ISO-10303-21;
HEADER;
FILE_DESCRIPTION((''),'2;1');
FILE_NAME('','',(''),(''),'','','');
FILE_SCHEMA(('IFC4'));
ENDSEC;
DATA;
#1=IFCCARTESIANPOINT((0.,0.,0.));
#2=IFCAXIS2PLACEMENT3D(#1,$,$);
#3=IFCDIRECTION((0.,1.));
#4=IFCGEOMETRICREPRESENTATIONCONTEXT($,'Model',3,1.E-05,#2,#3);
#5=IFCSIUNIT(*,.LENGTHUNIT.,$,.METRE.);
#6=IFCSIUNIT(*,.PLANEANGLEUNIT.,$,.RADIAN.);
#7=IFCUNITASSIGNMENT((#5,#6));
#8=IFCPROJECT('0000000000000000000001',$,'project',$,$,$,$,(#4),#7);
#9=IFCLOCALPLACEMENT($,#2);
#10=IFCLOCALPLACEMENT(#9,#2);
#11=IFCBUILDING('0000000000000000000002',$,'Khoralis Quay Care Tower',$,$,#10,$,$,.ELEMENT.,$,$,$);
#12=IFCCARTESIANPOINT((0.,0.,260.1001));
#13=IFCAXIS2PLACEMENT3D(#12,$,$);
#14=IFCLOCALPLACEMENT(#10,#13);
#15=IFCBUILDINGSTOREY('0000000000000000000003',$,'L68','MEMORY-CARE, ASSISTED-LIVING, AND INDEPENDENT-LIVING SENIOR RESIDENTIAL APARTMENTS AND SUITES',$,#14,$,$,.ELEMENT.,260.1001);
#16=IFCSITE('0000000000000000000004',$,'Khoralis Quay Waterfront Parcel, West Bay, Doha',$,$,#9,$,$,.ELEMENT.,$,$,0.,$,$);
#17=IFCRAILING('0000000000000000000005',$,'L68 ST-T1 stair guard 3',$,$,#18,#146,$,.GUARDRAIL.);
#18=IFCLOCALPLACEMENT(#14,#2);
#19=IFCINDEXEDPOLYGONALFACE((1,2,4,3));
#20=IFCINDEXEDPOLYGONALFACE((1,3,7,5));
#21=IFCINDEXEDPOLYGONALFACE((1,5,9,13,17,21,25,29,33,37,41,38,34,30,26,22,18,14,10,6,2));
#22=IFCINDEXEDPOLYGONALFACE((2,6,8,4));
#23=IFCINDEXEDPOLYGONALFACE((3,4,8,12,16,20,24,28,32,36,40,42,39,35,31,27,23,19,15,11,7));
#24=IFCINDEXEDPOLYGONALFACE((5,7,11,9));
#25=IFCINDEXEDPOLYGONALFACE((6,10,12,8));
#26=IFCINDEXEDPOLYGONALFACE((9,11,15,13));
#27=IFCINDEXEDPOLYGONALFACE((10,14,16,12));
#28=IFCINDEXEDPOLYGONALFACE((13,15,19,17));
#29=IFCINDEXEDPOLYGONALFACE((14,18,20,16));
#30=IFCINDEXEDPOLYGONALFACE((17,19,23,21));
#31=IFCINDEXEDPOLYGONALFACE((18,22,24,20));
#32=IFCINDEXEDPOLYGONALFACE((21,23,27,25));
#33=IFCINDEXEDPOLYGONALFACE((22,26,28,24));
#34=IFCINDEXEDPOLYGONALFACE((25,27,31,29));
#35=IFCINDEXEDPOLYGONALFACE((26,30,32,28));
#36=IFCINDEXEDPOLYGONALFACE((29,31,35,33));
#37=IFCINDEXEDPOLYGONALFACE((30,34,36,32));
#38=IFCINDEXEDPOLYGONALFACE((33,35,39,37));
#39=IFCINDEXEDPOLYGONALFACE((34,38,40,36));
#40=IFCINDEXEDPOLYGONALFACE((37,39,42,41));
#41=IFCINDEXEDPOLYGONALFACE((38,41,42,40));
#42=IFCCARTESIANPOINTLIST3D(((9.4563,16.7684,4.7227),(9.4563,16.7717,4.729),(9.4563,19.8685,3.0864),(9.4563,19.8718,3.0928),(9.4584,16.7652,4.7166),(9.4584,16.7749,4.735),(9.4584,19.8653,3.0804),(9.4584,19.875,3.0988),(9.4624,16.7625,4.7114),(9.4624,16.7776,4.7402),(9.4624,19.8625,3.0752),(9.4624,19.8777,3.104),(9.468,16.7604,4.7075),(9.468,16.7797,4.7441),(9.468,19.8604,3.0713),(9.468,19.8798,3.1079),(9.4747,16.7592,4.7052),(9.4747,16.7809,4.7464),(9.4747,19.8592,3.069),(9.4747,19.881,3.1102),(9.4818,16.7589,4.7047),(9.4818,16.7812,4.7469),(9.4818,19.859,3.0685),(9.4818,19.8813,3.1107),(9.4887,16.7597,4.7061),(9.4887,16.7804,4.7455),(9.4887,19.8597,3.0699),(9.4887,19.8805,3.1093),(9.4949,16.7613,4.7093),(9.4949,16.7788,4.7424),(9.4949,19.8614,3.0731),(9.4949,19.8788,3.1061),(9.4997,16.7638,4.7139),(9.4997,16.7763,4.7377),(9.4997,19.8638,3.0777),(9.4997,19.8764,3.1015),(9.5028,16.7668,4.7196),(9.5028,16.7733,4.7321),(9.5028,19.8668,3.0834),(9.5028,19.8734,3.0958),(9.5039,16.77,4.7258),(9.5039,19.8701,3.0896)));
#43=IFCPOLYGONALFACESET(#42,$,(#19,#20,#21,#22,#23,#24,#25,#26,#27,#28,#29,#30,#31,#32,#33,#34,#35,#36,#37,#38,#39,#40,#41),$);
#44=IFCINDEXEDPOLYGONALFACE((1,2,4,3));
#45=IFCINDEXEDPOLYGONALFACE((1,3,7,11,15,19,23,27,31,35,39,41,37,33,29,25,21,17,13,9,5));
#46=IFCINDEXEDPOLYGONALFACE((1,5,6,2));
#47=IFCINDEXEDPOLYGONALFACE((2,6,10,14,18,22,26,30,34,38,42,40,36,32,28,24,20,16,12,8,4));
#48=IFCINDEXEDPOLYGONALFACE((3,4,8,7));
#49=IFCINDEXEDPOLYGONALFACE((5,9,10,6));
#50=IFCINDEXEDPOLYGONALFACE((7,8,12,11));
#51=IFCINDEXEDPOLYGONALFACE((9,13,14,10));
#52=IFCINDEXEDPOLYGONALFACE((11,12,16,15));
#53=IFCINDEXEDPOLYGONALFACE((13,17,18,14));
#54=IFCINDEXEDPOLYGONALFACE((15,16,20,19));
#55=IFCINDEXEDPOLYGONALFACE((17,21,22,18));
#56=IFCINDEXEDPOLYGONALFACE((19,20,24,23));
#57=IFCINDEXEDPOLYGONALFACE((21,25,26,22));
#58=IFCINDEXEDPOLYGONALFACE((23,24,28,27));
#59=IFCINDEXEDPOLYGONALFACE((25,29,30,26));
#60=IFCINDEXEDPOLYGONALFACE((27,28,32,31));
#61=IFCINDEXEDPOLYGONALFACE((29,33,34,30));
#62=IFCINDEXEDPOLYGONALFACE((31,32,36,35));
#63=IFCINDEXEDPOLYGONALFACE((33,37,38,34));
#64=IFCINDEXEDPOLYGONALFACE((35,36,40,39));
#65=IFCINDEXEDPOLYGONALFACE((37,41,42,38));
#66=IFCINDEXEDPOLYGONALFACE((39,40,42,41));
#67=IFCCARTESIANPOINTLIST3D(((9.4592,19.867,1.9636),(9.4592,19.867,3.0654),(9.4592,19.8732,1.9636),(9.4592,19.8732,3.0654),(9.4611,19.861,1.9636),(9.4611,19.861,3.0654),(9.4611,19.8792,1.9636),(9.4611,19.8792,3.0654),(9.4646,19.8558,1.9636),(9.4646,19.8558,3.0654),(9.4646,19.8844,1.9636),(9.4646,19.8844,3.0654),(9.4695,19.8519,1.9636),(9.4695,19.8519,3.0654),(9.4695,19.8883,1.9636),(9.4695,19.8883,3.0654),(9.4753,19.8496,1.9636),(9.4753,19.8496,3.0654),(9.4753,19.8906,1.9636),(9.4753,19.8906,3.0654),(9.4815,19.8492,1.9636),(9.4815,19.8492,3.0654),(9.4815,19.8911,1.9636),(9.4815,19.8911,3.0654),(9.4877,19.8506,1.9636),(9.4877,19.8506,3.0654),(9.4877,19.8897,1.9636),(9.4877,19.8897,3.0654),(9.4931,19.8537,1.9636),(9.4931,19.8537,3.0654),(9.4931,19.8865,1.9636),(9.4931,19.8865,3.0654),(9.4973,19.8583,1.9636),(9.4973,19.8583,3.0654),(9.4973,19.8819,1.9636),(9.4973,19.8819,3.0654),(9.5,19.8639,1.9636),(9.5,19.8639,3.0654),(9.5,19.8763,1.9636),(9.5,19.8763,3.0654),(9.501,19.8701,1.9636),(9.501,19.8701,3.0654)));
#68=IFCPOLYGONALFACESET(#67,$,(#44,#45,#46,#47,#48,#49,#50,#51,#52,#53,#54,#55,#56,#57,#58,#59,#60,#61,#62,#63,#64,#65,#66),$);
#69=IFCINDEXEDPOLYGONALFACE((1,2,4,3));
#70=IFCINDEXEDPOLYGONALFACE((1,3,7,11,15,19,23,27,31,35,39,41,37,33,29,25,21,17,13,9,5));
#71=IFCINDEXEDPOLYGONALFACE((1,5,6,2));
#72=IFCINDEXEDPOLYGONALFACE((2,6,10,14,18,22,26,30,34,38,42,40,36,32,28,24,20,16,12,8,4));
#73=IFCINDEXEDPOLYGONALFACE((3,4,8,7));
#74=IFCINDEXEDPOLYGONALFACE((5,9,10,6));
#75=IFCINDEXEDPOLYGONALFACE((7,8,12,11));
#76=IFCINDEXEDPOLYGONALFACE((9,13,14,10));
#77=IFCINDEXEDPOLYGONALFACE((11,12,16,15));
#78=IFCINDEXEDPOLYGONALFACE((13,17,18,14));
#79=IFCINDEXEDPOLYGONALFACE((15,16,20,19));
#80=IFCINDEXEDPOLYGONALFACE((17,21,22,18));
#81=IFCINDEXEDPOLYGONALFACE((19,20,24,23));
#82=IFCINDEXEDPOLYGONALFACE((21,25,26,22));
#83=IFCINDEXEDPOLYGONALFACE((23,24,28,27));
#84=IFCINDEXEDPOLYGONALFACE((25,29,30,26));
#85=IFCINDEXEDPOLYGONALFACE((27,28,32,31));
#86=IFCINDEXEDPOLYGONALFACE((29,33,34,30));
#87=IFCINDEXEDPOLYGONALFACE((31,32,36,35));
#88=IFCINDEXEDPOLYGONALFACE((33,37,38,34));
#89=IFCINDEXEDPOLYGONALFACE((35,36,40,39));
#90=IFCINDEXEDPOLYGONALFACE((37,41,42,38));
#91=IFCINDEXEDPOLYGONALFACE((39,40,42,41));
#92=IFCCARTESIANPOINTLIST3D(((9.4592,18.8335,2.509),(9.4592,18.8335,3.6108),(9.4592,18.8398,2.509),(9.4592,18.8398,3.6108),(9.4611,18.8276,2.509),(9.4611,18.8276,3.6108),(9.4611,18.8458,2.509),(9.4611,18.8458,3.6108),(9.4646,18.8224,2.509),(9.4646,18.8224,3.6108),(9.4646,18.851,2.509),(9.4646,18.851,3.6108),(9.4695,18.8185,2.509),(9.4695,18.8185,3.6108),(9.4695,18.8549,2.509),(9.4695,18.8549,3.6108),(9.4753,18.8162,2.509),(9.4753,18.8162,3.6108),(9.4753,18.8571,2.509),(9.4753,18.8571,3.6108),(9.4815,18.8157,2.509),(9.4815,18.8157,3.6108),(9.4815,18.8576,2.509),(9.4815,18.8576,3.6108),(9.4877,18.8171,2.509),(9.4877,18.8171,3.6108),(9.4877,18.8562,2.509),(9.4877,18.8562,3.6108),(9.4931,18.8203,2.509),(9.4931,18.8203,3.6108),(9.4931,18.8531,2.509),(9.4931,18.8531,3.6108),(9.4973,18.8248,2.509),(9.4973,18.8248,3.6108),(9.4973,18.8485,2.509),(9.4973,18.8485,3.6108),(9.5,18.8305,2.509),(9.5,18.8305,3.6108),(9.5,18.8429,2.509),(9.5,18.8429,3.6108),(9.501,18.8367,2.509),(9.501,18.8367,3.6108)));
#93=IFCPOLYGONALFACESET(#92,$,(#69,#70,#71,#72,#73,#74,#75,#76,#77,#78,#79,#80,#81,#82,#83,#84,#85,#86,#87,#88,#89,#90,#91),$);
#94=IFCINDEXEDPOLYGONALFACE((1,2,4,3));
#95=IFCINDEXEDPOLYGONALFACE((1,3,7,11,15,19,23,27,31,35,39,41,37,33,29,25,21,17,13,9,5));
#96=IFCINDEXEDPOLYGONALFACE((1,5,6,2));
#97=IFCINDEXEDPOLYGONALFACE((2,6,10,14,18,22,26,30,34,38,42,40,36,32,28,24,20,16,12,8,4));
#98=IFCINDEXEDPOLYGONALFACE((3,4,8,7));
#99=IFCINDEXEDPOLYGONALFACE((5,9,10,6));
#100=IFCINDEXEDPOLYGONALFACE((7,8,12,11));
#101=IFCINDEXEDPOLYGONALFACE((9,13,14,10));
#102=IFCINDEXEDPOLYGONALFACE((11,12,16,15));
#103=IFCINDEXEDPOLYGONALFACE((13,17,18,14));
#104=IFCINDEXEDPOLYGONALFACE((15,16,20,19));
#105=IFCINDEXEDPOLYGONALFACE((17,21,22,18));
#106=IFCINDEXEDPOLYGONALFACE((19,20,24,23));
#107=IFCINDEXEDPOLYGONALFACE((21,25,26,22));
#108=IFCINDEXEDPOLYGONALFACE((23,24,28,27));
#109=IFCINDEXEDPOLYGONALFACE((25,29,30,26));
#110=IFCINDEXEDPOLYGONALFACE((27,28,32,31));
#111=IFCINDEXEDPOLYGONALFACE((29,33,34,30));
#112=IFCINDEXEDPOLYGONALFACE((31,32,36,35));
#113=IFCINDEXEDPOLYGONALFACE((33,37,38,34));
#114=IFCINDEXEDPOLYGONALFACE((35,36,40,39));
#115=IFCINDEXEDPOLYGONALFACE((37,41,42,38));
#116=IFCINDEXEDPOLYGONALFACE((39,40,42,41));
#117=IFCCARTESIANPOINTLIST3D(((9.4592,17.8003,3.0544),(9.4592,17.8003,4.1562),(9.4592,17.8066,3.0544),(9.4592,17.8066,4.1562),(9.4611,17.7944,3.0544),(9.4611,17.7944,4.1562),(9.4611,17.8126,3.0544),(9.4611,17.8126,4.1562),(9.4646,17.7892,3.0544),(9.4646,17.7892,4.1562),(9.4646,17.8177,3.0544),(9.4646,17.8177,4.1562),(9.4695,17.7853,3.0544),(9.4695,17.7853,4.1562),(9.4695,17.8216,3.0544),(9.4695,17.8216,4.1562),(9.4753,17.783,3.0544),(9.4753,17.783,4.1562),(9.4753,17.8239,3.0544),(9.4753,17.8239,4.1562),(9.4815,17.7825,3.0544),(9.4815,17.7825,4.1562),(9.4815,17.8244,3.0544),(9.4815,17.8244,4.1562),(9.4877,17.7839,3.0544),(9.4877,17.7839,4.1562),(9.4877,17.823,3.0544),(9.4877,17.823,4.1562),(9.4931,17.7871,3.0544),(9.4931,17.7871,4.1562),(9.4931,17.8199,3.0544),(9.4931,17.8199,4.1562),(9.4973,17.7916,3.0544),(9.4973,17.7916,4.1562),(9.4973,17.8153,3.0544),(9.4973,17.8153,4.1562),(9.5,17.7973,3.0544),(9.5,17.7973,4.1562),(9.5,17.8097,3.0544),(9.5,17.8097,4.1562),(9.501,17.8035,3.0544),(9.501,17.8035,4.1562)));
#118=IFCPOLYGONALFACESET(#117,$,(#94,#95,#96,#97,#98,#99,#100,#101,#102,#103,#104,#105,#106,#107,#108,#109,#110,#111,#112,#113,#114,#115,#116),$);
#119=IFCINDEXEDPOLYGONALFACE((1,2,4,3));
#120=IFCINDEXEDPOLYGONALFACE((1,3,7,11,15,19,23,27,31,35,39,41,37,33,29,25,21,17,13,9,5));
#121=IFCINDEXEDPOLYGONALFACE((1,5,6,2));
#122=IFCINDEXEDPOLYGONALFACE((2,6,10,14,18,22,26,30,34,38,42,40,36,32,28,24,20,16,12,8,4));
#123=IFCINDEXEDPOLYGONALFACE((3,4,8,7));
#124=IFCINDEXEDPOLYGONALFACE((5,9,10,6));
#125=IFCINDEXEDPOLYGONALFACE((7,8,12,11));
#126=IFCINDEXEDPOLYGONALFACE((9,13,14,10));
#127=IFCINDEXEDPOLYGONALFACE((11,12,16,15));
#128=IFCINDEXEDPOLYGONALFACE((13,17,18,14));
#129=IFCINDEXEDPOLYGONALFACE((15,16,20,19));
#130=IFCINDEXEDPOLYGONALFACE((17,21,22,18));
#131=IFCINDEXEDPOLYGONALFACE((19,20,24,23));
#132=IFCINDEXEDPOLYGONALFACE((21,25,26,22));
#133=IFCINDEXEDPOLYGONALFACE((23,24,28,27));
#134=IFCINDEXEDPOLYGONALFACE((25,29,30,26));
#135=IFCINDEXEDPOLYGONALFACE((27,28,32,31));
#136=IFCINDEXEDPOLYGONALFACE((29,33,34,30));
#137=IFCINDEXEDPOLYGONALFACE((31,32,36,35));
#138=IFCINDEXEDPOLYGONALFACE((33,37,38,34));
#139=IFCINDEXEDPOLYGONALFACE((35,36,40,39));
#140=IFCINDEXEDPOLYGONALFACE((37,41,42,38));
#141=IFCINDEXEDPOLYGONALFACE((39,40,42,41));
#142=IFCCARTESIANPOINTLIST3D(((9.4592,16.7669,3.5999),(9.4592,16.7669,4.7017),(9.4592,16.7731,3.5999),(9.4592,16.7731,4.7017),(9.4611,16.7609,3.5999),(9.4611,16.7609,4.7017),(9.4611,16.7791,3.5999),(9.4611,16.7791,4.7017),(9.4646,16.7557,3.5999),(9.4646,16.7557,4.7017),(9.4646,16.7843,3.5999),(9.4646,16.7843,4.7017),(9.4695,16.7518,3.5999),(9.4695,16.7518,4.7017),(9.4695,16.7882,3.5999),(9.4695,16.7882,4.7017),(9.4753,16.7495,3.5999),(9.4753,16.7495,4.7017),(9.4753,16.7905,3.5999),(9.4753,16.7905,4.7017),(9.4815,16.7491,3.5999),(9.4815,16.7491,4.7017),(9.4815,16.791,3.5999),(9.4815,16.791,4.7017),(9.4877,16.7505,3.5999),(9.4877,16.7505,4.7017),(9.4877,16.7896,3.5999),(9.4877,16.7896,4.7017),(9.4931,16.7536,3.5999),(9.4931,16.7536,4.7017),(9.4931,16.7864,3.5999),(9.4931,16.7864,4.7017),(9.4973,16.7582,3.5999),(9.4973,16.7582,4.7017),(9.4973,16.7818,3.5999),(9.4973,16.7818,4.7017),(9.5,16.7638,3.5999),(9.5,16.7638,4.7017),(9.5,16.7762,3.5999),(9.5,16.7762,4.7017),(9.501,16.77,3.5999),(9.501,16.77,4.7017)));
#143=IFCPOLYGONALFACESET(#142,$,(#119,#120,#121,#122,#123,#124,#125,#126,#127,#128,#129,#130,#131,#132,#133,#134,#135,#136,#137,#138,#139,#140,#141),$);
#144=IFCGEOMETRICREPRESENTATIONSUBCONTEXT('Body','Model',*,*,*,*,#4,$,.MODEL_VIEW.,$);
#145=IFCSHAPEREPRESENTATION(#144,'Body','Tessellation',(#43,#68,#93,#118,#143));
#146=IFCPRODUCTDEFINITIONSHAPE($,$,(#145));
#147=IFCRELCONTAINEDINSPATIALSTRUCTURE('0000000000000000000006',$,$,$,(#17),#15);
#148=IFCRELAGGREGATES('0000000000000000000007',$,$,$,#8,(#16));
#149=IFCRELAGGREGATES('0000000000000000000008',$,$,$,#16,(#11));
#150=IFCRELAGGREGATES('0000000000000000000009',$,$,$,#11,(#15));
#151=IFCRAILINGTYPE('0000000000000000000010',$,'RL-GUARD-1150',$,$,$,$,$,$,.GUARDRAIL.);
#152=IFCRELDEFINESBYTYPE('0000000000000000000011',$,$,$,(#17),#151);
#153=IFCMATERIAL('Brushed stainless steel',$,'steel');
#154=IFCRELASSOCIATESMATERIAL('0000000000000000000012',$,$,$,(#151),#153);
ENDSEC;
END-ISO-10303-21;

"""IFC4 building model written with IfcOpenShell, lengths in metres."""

from ifc_helpers import new_model, si_unit, direction, frame, origin, origin_2d, place, context, subcontext, project, spatial, circle, extrude, material, type_object, element, save


model = new_model("IFC4")

# Units and contexts
model_context = context("Model", 3, precision=1e-05, world=origin(), true_north=direction((0.0, 1.0)))
body_context = subcontext(model_context, "Body", "Model", "MODEL_VIEW")
ifc_project = project(units=[si_unit("LENGTHUNIT", "METRE"), si_unit("PLANEANGLEUNIT", "RADIAN")], contexts=[model_context])

# Site, building, storey
site_placement = place(None, origin())
site = spatial("IfcSite", under=ifc_project, at=site_placement, Name="Khoralis Quay Waterfront Parcel, West Bay, Doha", CompositionType="ELEMENT", RefElevation=0.0)
building_placement = place(site_placement, origin())
building = spatial("IfcBuilding", under=site, at=building_placement, Name="Khoralis Quay Care Tower", CompositionType="ELEMENT")
storey_placement = place(building_placement, frame((0.0, 0.0, 260.1001)))
storey = spatial("IfcBuildingStorey", under=building, at=storey_placement, Name="L68", Description="MEMORY-CARE, ASSISTED-LIVING, AND INDEPENDENT-LIVING SENIOR RESIDENTIAL APARTMENTS AND SUITES", CompositionType="ELEMENT", Elevation=260.1001)

# Railing
ifc_material_1 = material(Name="Brushed stainless steel", Category="steel")
railing_type_1 = type_object("IfcRailingType", Name="RL-GUARD-1150", PredefinedType="GUARDRAIL", material=ifc_material_1)
railing_1_placement = place(storey_placement, frame((9.48, 19.8701, 1.9636)))
element("IfcRailing", 1, at=railing_1_placement, inside=storey, type_object=railing_type_1, Name="L68 ST-T1 stair guard 3", PredefinedType="GUARDRAIL", context=body_context, shape_type="SweptSolid", body=[
    extrude(circle(Radius=0.0239, at=origin_2d()), frame((0.0, 0.0, 1.126), z_axis=(0.0, -0.884377, 0.466774), x_axis=(1.0, 0.0, 0.0)), (0.0, 0.0, 1.0), 3.5054),
    extrude(circle(Radius=0.021, at=origin_2d()), origin(), (0.0, 0.0, 1.0), 1.1018),
    extrude(circle(Radius=0.021, at=origin_2d()), frame((0.0, -1.0334, 0.5454)), (0.0, 0.0, 1.0), 1.1018),
    extrude(circle(Radius=0.021, at=origin_2d()), frame((0.0, -2.0667, 1.0908)), (0.0, 0.0, 1.0), 1.1018),
    extrude(circle(Radius=0.021, at=origin_2d()), frame((0.0, -3.1001, 1.6362)), (0.0, 0.0, 1.0), 1.1018),
])

save(model, "model.ifc")
